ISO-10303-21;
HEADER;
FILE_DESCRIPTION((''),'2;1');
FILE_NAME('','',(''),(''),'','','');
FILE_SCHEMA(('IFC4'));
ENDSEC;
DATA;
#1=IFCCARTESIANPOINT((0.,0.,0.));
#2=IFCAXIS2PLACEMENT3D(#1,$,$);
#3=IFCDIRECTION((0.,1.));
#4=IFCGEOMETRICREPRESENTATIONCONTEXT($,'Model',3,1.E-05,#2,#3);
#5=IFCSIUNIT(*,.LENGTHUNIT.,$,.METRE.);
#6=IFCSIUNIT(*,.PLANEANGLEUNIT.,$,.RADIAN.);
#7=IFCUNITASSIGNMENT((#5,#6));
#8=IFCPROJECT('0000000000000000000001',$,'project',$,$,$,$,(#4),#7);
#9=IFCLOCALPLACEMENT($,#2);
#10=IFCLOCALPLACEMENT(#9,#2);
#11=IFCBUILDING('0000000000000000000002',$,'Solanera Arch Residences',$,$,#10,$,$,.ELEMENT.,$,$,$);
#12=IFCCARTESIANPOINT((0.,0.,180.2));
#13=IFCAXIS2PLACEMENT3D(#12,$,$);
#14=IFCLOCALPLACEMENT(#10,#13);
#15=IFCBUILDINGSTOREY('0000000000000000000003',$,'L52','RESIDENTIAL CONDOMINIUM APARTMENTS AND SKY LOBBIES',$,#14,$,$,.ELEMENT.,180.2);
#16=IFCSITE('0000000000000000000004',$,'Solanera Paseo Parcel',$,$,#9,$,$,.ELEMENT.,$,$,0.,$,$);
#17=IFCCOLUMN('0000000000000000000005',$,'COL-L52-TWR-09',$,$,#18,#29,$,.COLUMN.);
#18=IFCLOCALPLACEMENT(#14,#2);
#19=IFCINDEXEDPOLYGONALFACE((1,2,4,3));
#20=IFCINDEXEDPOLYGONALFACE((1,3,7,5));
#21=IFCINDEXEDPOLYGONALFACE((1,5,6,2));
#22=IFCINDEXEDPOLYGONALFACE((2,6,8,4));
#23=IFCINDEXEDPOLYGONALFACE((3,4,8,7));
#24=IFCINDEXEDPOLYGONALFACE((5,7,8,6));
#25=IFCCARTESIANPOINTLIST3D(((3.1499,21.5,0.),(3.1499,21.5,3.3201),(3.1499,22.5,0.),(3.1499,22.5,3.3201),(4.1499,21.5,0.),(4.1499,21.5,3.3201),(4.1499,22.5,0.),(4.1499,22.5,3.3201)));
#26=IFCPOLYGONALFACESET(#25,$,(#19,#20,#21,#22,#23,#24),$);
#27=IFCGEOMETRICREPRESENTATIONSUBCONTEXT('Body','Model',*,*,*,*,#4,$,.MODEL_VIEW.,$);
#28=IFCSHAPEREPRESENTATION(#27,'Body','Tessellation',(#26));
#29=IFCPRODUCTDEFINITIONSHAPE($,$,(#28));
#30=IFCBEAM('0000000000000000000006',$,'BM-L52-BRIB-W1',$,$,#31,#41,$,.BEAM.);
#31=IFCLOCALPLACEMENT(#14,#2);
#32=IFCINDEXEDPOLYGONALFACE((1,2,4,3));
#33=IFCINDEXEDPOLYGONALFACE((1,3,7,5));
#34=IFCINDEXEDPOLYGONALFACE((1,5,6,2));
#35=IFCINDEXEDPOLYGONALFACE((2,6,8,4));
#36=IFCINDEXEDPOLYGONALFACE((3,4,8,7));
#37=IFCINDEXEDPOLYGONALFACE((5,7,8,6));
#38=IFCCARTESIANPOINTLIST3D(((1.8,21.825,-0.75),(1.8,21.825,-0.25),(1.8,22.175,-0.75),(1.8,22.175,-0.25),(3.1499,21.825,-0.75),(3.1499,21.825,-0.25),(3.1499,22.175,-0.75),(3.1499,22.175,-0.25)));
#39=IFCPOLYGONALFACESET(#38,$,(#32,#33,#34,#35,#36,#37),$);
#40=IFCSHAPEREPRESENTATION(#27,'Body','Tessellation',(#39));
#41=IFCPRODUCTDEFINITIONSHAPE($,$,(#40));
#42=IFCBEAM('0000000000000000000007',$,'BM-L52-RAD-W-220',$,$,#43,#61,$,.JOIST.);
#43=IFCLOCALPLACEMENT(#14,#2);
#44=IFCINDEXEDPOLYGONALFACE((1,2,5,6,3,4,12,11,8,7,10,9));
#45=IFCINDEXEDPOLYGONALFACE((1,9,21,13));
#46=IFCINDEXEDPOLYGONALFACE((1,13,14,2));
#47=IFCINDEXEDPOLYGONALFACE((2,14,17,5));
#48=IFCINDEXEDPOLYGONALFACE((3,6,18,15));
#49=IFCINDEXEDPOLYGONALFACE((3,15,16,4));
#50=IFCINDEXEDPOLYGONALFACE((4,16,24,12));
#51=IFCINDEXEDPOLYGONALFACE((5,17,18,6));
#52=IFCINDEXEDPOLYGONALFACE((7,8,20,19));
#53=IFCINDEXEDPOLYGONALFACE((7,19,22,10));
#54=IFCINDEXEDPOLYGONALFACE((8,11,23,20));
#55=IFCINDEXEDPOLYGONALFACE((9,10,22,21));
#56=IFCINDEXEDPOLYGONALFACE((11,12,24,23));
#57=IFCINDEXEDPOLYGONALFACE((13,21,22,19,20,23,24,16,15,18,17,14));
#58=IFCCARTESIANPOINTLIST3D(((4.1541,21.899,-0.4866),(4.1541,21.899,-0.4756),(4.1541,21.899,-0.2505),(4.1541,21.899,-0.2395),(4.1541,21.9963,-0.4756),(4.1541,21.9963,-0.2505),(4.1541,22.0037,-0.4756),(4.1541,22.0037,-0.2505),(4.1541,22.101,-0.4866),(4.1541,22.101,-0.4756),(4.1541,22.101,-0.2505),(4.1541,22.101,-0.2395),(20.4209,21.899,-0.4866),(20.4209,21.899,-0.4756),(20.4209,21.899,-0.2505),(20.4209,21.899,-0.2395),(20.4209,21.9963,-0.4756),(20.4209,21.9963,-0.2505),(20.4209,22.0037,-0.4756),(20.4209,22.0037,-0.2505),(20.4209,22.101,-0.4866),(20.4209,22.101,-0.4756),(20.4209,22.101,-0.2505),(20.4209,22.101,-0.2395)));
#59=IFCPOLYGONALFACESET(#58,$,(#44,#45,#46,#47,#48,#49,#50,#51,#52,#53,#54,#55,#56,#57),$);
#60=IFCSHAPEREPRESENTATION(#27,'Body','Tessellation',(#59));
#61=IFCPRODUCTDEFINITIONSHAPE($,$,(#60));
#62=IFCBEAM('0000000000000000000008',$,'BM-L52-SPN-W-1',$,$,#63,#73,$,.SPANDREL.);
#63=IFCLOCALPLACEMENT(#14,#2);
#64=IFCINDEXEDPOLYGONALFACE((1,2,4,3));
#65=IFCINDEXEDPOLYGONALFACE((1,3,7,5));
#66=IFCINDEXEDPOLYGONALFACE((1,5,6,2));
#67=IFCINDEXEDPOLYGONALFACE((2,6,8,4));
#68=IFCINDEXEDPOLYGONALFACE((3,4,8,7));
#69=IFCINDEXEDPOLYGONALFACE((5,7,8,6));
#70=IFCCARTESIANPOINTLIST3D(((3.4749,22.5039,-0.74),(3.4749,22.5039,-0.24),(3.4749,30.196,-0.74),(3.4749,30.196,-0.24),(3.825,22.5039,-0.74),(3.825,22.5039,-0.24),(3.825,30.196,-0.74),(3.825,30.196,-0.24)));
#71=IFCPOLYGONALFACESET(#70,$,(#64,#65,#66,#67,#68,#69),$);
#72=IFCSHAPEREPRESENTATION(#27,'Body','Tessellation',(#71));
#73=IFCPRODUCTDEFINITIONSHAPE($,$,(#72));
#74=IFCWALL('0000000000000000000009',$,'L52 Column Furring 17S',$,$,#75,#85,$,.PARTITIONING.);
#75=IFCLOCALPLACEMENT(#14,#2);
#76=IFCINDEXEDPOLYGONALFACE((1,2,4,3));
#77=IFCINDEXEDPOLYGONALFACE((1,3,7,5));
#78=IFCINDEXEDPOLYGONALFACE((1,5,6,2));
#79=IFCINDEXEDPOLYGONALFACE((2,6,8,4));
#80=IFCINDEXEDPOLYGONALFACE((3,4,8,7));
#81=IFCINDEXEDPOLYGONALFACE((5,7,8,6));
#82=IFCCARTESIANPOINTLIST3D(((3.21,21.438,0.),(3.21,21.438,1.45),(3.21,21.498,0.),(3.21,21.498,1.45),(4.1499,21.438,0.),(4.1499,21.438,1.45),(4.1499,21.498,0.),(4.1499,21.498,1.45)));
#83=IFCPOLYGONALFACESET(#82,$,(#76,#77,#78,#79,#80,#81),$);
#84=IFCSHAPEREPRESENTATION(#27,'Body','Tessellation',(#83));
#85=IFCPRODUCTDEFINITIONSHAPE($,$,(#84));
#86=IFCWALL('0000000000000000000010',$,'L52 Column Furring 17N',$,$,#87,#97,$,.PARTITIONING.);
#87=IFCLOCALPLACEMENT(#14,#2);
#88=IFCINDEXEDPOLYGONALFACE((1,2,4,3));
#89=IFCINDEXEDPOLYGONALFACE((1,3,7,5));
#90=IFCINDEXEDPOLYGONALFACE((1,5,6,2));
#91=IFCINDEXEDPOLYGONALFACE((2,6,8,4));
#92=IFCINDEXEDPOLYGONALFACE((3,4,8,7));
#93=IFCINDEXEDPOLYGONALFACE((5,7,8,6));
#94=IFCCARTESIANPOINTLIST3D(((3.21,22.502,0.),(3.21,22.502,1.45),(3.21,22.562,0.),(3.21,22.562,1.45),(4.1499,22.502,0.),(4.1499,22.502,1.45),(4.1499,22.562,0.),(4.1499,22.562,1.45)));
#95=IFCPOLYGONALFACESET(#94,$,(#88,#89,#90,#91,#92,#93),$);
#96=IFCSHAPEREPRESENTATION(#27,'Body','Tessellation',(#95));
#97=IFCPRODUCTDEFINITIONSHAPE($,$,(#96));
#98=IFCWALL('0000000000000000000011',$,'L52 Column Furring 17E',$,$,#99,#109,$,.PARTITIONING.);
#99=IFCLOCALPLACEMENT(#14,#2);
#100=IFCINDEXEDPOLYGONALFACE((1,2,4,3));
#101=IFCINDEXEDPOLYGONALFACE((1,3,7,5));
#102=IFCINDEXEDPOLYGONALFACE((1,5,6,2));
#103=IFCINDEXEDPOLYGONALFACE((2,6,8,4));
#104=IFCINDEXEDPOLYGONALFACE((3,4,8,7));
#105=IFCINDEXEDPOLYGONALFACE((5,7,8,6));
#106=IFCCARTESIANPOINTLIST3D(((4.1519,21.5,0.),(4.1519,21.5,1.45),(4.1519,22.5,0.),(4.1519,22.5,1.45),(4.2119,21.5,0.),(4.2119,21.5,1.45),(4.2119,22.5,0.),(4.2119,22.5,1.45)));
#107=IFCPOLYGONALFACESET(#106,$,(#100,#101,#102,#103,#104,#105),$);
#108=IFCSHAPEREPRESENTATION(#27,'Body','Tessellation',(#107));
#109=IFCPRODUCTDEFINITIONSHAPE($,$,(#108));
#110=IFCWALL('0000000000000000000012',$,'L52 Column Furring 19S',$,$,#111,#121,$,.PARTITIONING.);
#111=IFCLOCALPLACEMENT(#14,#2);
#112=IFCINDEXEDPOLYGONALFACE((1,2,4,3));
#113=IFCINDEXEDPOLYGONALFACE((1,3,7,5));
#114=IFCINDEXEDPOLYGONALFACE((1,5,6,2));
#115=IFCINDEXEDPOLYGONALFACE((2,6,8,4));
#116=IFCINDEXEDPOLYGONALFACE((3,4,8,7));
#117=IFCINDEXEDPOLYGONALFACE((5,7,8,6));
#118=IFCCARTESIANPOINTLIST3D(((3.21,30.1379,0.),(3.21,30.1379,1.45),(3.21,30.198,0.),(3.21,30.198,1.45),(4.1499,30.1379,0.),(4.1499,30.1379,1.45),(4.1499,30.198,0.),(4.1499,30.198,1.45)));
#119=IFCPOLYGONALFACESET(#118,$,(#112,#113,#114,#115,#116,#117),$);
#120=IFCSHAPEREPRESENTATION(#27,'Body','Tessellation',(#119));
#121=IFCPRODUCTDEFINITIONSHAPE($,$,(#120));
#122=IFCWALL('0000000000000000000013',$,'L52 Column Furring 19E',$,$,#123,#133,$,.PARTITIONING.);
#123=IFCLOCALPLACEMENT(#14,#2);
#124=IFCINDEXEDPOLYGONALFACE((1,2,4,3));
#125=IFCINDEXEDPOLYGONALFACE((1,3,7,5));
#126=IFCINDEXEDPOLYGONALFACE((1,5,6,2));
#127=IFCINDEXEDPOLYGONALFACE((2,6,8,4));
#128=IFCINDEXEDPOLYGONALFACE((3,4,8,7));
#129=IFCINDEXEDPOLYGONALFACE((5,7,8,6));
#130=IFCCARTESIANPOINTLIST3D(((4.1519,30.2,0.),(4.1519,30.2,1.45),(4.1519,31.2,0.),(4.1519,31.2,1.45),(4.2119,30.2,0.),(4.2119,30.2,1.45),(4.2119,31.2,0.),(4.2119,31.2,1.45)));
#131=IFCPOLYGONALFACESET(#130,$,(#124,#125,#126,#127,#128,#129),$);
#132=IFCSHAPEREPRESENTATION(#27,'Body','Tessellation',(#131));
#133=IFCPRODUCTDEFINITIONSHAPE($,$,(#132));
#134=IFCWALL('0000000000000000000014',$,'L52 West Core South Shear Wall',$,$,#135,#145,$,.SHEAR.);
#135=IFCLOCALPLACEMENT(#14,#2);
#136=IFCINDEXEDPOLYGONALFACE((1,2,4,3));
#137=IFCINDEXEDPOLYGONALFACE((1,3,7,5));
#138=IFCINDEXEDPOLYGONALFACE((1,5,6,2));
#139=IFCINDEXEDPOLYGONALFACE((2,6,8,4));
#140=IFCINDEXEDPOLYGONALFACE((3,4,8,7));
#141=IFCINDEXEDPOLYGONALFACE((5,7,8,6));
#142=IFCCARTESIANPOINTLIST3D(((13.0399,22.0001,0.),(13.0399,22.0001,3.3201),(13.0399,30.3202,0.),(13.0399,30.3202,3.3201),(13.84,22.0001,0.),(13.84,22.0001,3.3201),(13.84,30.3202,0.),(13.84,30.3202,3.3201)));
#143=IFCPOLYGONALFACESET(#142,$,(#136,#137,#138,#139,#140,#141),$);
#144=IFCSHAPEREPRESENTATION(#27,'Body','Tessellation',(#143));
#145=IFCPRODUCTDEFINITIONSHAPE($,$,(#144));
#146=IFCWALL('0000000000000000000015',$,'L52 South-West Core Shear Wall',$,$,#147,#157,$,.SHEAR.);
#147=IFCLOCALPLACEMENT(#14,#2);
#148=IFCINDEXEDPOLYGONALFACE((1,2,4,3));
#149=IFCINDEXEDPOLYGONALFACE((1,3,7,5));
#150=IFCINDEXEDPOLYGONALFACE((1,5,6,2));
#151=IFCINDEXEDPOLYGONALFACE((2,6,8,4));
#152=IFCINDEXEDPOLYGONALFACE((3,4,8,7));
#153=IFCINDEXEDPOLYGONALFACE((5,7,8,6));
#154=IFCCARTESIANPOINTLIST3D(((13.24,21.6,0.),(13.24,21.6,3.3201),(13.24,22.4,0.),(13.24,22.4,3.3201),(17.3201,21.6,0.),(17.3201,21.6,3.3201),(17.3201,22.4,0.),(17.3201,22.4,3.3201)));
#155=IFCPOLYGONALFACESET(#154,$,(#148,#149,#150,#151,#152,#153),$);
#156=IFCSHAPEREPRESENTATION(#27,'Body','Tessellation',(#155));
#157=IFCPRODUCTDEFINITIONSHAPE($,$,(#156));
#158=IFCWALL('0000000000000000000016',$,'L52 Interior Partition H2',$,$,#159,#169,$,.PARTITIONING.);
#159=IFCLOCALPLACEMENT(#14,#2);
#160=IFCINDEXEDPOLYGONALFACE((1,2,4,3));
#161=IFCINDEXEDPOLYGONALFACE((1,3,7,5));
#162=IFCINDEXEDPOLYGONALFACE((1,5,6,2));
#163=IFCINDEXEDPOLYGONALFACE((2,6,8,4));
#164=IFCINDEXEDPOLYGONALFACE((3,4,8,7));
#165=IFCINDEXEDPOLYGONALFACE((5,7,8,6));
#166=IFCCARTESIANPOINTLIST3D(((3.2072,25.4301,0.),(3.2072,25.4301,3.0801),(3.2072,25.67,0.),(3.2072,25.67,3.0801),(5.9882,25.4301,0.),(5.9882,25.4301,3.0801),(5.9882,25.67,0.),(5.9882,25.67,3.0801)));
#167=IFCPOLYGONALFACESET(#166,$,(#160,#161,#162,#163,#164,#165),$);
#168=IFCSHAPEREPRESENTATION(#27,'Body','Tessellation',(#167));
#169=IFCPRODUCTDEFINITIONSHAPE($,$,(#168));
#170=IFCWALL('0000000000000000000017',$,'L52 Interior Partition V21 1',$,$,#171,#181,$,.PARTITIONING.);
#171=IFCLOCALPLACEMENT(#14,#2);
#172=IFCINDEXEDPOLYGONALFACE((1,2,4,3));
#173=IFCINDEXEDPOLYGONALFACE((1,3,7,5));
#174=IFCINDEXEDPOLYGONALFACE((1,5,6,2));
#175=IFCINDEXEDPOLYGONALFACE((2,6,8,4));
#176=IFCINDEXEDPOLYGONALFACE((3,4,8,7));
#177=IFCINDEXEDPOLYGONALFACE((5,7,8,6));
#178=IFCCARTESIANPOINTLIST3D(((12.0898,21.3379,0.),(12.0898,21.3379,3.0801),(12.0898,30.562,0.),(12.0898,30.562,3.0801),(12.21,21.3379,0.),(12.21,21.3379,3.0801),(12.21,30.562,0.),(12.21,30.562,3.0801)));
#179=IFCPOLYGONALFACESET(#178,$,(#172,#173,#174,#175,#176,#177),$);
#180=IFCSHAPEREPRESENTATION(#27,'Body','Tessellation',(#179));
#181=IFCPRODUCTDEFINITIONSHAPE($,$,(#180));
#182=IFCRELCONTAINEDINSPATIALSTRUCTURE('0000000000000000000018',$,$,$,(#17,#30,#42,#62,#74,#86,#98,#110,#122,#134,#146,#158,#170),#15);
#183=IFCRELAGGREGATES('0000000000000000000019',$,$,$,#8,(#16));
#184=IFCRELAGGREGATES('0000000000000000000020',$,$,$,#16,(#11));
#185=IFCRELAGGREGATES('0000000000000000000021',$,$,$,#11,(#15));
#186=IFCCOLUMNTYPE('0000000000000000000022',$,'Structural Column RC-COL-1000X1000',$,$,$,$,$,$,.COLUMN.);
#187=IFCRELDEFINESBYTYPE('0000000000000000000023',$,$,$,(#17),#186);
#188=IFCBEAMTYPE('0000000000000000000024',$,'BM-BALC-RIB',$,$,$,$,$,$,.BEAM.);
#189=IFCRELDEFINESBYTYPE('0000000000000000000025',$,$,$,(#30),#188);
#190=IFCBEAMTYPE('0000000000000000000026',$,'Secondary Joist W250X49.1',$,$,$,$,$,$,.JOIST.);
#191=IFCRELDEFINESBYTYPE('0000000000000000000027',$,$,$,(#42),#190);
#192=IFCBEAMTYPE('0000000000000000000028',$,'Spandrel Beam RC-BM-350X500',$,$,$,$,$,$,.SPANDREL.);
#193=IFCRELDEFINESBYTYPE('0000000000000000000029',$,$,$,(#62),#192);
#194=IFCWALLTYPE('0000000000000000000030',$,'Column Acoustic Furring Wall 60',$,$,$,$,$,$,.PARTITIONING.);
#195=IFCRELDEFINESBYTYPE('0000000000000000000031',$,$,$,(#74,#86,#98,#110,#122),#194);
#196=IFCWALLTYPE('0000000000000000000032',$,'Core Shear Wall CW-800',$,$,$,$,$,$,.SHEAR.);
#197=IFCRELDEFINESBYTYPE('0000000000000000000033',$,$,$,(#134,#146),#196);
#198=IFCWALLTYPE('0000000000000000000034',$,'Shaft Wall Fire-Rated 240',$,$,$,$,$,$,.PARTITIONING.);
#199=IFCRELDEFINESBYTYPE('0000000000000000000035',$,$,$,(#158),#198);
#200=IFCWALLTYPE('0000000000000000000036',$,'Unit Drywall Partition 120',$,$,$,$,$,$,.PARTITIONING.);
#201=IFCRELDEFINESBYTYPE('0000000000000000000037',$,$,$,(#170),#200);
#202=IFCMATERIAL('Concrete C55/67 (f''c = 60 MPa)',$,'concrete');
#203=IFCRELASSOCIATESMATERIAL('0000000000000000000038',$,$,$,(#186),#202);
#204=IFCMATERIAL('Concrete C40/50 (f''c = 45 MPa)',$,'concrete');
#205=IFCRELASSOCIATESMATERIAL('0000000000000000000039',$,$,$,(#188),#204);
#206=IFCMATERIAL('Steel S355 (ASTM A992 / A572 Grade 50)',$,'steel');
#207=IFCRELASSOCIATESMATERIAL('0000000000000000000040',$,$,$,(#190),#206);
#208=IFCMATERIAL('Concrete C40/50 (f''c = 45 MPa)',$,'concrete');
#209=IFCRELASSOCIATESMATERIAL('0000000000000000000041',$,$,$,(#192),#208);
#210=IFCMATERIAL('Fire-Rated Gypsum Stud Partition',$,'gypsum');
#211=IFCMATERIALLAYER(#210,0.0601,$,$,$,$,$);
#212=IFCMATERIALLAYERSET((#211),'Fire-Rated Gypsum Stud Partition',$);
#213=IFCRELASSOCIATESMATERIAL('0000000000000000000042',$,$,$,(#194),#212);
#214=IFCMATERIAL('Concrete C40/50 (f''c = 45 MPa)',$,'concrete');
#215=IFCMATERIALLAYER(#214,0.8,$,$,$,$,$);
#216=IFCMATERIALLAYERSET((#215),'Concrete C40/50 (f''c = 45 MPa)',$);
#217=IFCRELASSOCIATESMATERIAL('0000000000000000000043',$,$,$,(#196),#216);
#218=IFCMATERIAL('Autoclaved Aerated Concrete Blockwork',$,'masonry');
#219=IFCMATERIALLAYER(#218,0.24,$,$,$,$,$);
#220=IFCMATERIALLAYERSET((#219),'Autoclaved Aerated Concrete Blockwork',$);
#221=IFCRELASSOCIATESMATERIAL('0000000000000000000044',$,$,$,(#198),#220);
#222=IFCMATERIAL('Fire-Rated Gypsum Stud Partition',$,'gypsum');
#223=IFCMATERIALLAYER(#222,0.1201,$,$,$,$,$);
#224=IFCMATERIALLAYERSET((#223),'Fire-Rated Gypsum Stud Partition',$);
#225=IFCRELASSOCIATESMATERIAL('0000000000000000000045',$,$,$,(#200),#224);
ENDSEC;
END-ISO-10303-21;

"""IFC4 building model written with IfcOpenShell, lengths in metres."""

from ifc_helpers import new_model, si_unit, direction, frame, frame_2d, origin, origin_2d, place, context, subcontext, project, spatial, rectangle, i_section, extrude, material, layer, layer_set, material_profile, profile_set, type_object, element, save


model = new_model("IFC4")

# Units and contexts
model_context = context("Model", 3, precision=1e-05, world=origin(), true_north=direction((0.0, 1.0)))
body_context = subcontext(model_context, "Body", "Model", "MODEL_VIEW")
ifc_project = project(units=[si_unit("LENGTHUNIT", "METRE"), si_unit("PLANEANGLEUNIT", "RADIAN")], contexts=[model_context])

# Site, building, storey
site_placement = place(None, origin())
site = spatial("IfcSite", under=ifc_project, at=site_placement, Name="Solanera Paseo Parcel", CompositionType="ELEMENT", RefElevation=0.0)
building_placement = place(site_placement, origin())
building = spatial("IfcBuilding", under=site, at=building_placement, Name="Solanera Arch Residences", CompositionType="ELEMENT")
storey_placement = place(building_placement, frame((0.0, 0.0, 180.2)))
storey = spatial("IfcBuildingStorey", under=building, at=storey_placement, Name="L52", Description="RESIDENTIAL CONDOMINIUM APARTMENTS AND SKY LOBBIES", CompositionType="ELEMENT", Elevation=180.2)

# Column
ifc_material_1 = material(Name="Concrete C55/67 (f'c = 60 MPa)", Category="concrete")
ifc_material_profile_1 = material_profile(ifc_material_1, rectangle(XDim=1.0, YDim=1.0, at=origin_2d()))
ifc_profile_set_1 = profile_set([ifc_material_profile_1], Name="Concrete C55/67 (f'c = 60 MPa)")
column_type = type_object("IfcColumnType", Name="Structural Column RC-COL-1000X1000", PredefinedType="COLUMN", material=ifc_profile_set_1)
column_placement = place(storey_placement, frame((3.6499, 22.0, 0.0), z_axis=(0.0, 0.0, 1.0), x_axis=(1.0, 0.0, 0.0)))
element("IfcColumn", 1, at=column_placement, inside=storey, type_object=column_type, Name="COL-L52-TWR-09", PredefinedType="COLUMN", context=body_context, shape_type="SweptSolid", body=[
    extrude(rectangle(XDim=1.0, YDim=1.0, at=origin_2d()), origin(), (0.0, 0.0, 1.0), 3.3201),
])

# Beams
ifc_material_2 = material(Name="Concrete C40/50 (f'c = 45 MPa)", Category="concrete")
ifc_material_profile_2 = material_profile(ifc_material_2, rectangle(XDim=0.3501, YDim=0.5, at=origin_2d()))
ifc_profile_set_2 = profile_set([ifc_material_profile_2], Name="Concrete C40/50 (f'c = 45 MPa)")
beam_type_1 = type_object("IfcBeamType", Name="BM-BALC-RIB", PredefinedType="BEAM", material=ifc_profile_set_2)
beam_1_placement = place(storey_placement, frame((1.8, 22.0, -0.5), z_axis=(1.0, 0.0, 0.0), x_axis=(0.0, 1.0, 0.0)))
element("IfcBeam", 2, at=beam_1_placement, inside=storey, type_object=beam_type_1, Name="BM-L52-BRIB-W1", PredefinedType="BEAM", context=body_context, shape_type="SweptSolid", body=[
    extrude(rectangle(XDim=0.3501, YDim=0.5, at=origin_2d()), origin(), (0.0, 0.0, 1.0), 1.3499),
])
ifc_material_3 = material(Name="Steel S355 (ASTM A992 / A572 Grade 50)", Category="steel")
ifc_material_profile_3 = material_profile(ifc_material_3, i_section(OverallWidth=0.2019, OverallDepth=0.2471, WebThickness=0.0073, FlangeThickness=0.011, at=origin_2d()))
ifc_profile_set_3 = profile_set([ifc_material_profile_3], Name="Steel S355 (ASTM A992 / A572 Grade 50)")
beam_type_2 = type_object("IfcBeamType", Name="Secondary Joist W250X49.1", PredefinedType="JOIST", material=ifc_profile_set_3)
beam_2_placement = place(storey_placement, frame((4.1541, 22.0, -0.363), z_axis=(1.0, 0.0, 0.0), x_axis=(0.0, 1.0, 0.0)))
element("IfcBeam", 3, at=beam_2_placement, inside=storey, type_object=beam_type_2, Name="BM-L52-RAD-W-220", PredefinedType="JOIST", context=body_context, shape_type="SweptSolid", body=[
    extrude(i_section(OverallWidth=0.2019, OverallDepth=0.2471, WebThickness=0.0073, FlangeThickness=0.011, at=origin_2d()), origin(), (0.0, 0.0, 1.0), 16.2668),
])
ifc_material_4 = material(Name="Concrete C40/50 (f'c = 45 MPa)", Category="concrete")
ifc_material_profile_4 = material_profile(ifc_material_4, rectangle(XDim=0.3501, YDim=0.5, at=origin_2d()))
ifc_profile_set_4 = profile_set([ifc_material_profile_4], Name="Concrete C40/50 (f'c = 45 MPa)")
beam_type_3 = type_object("IfcBeamType", Name="Spandrel Beam RC-BM-350X500", PredefinedType="SPANDREL", material=ifc_profile_set_4)
beam_3_placement = place(storey_placement, frame((3.6499, 22.5039, -0.49), z_axis=(0.0, 1.0, 0.0), x_axis=(-1.0, 0.0, 0.0)))
element("IfcBeam", 4, at=beam_3_placement, inside=storey, type_object=beam_type_3, Name="BM-L52-SPN-W-1", PredefinedType="SPANDREL", context=body_context, shape_type="SweptSolid", body=[
    extrude(rectangle(XDim=0.3501, YDim=0.5, at=origin_2d()), origin(), (0.0, 0.0, 1.0), 7.6921),
])

# Walls
ifc_material_5 = material(Name="Fire-Rated Gypsum Stud Partition", Category="gypsum")
ifc_layer_1 = layer(ifc_material_5, 0.0601)
ifc_layer_set_1 = layer_set([ifc_layer_1], Name="Fire-Rated Gypsum Stud Partition")
wall_type_1 = type_object("IfcWallType", Name="Column Acoustic Furring Wall 60", PredefinedType="PARTITIONING", material=ifc_layer_set_1)
for number, where, z_axis, x_axis, name in (
    (5, (3.21, 21.468, 0.0), (0.0, 0.0, 1.0), (1.0, 0.0, 0.0), "L52 Column Furring 17S"),
    (6, (3.21, 22.532, 0.0), (0.0, 0.0, 1.0), (1.0, 0.0, 0.0), "L52 Column Furring 17N"),
):
    element("IfcWall", number, at=place(storey_placement, frame(where, z_axis=z_axis, x_axis=x_axis)), inside=storey, type_object=wall_type_1, Name=name, PredefinedType="PARTITIONING", context=body_context, shape_type="SweptSolid", body=[
        extrude(rectangle(XDim=0.9399, YDim=0.0601, at=frame_2d((0.47, 0.0))), origin(), (0.0, 0.0, 1.0), 1.45),
    ])
wall_1_placement = place(storey_placement, frame((4.1819, 21.5, 0.0), z_axis=(0.0, 0.0, 1.0), x_axis=(0.0, 1.0, 0.0)))
element("IfcWall", 7, at=wall_1_placement, inside=storey, type_object=wall_type_1, Name="L52 Column Furring 17E", PredefinedType="PARTITIONING", context=body_context, shape_type="SweptSolid", body=[
    extrude(rectangle(XDim=1.0, YDim=0.0601, at=frame_2d((0.5, 0.0))), origin(), (0.0, 0.0, 1.0), 1.45),
])
wall_2_placement = place(storey_placement, frame((3.21, 30.168, 0.0), z_axis=(0.0, 0.0, 1.0), x_axis=(1.0, 0.0, 0.0)))
element("IfcWall", 8, at=wall_2_placement, inside=storey, type_object=wall_type_1, Name="L52 Column Furring 19S", PredefinedType="PARTITIONING", context=body_context, shape_type="SweptSolid", body=[
    extrude(rectangle(XDim=0.9399, YDim=0.0601, at=frame_2d((0.47, 0.0))), origin(), (0.0, 0.0, 1.0), 1.45),
])
wall_3_placement = place(storey_placement, frame((4.1819, 30.2, 0.0), z_axis=(0.0, 0.0, 1.0), x_axis=(0.0, 1.0, 0.0)))
element("IfcWall", 9, at=wall_3_placement, inside=storey, type_object=wall_type_1, Name="L52 Column Furring 19E", PredefinedType="PARTITIONING", context=body_context, shape_type="SweptSolid", body=[
    extrude(rectangle(XDim=1.0, YDim=0.0601, at=frame_2d((0.5, 0.0))), origin(), (0.0, 0.0, 1.0), 1.45),
])
ifc_material_6 = material(Name="Concrete C40/50 (f'c = 45 MPa)", Category="concrete")
ifc_layer_2 = layer(ifc_material_6, 0.8)
ifc_layer_set_2 = layer_set([ifc_layer_2], Name="Concrete C40/50 (f'c = 45 MPa)")
wall_type_2 = type_object("IfcWallType", Name="Core Shear Wall CW-800", PredefinedType="SHEAR", material=ifc_layer_set_2)
wall_4_placement = place(storey_placement, frame((13.4399, 22.0, 0.0), z_axis=(0.0, 0.0, 1.0), x_axis=(0.0, 1.0, 0.0)))
element("IfcWall", 10, at=wall_4_placement, inside=storey, type_object=wall_type_2, Name="L52 West Core South Shear Wall", PredefinedType="SHEAR", context=body_context, shape_type="SweptSolid", body=[
    extrude(rectangle(XDim=8.3201, YDim=0.8, at=frame_2d((4.1602, 0.0))), origin(), (0.0, 0.0, 1.0), 3.3201),
])
wall_5_placement = place(storey_placement, frame((13.24, 22.0, 0.0), z_axis=(0.0, 0.0, 1.0), x_axis=(1.0, 0.0, 0.0)))
element("IfcWall", 11, at=wall_5_placement, inside=storey, type_object=wall_type_2, Name="L52 South-West Core Shear Wall", PredefinedType="SHEAR", context=body_context, shape_type="SweptSolid", body=[
    extrude(rectangle(XDim=4.0801, YDim=0.8, at=frame_2d((2.04, 0.0))), origin(), (0.0, 0.0, 1.0), 3.3201),
])
ifc_material_7 = material(Name="Autoclaved Aerated Concrete Blockwork", Category="masonry")
ifc_layer_3 = layer(ifc_material_7, 0.24)
ifc_layer_set_3 = layer_set([ifc_layer_3], Name="Autoclaved Aerated Concrete Blockwork")
wall_type_3 = type_object("IfcWallType", Name="Shaft Wall Fire-Rated 240", PredefinedType="PARTITIONING", material=ifc_layer_set_3)
wall_6_placement = place(storey_placement, frame((3.207, 25.55, 0.0), z_axis=(0.0, 0.0, 1.0), x_axis=(1.0, 0.0, 0.0)))
element("IfcWall", 12, at=wall_6_placement, inside=storey, type_object=wall_type_3, Name="L52 Interior Partition H2", PredefinedType="PARTITIONING", context=body_context, shape_type="SweptSolid", body=[
    extrude(rectangle(XDim=2.781, YDim=0.24, at=frame_2d((1.3906, 0.0))), origin(), (0.0, 0.0, 1.0), 3.0801),
])
ifc_material_8 = material(Name="Fire-Rated Gypsum Stud Partition", Category="gypsum")
ifc_layer_4 = layer(ifc_material_8, 0.1201)
ifc_layer_set_4 = layer_set([ifc_layer_4], Name="Fire-Rated Gypsum Stud Partition")
wall_type_4 = type_object("IfcWallType", Name="Unit Drywall Partition 120", PredefinedType="PARTITIONING", material=ifc_layer_set_4)
wall_7_placement = place(storey_placement, frame((12.1499, 21.3379, 0.0), z_axis=(0.0, 0.0, 1.0), x_axis=(0.0, 1.0, 0.0)))
element("IfcWall", 13, at=wall_7_placement, inside=storey, type_object=wall_type_4, Name="L52 Interior Partition V21 1", PredefinedType="PARTITIONING", context=body_context, shape_type="SweptSolid", body=[
    extrude(rectangle(XDim=9.2241, YDim=0.1201, at=frame_2d((4.6121, 0.0))), origin(), (0.0, 0.0, 1.0), 3.0801),
])

save(model, "model.ifc")
